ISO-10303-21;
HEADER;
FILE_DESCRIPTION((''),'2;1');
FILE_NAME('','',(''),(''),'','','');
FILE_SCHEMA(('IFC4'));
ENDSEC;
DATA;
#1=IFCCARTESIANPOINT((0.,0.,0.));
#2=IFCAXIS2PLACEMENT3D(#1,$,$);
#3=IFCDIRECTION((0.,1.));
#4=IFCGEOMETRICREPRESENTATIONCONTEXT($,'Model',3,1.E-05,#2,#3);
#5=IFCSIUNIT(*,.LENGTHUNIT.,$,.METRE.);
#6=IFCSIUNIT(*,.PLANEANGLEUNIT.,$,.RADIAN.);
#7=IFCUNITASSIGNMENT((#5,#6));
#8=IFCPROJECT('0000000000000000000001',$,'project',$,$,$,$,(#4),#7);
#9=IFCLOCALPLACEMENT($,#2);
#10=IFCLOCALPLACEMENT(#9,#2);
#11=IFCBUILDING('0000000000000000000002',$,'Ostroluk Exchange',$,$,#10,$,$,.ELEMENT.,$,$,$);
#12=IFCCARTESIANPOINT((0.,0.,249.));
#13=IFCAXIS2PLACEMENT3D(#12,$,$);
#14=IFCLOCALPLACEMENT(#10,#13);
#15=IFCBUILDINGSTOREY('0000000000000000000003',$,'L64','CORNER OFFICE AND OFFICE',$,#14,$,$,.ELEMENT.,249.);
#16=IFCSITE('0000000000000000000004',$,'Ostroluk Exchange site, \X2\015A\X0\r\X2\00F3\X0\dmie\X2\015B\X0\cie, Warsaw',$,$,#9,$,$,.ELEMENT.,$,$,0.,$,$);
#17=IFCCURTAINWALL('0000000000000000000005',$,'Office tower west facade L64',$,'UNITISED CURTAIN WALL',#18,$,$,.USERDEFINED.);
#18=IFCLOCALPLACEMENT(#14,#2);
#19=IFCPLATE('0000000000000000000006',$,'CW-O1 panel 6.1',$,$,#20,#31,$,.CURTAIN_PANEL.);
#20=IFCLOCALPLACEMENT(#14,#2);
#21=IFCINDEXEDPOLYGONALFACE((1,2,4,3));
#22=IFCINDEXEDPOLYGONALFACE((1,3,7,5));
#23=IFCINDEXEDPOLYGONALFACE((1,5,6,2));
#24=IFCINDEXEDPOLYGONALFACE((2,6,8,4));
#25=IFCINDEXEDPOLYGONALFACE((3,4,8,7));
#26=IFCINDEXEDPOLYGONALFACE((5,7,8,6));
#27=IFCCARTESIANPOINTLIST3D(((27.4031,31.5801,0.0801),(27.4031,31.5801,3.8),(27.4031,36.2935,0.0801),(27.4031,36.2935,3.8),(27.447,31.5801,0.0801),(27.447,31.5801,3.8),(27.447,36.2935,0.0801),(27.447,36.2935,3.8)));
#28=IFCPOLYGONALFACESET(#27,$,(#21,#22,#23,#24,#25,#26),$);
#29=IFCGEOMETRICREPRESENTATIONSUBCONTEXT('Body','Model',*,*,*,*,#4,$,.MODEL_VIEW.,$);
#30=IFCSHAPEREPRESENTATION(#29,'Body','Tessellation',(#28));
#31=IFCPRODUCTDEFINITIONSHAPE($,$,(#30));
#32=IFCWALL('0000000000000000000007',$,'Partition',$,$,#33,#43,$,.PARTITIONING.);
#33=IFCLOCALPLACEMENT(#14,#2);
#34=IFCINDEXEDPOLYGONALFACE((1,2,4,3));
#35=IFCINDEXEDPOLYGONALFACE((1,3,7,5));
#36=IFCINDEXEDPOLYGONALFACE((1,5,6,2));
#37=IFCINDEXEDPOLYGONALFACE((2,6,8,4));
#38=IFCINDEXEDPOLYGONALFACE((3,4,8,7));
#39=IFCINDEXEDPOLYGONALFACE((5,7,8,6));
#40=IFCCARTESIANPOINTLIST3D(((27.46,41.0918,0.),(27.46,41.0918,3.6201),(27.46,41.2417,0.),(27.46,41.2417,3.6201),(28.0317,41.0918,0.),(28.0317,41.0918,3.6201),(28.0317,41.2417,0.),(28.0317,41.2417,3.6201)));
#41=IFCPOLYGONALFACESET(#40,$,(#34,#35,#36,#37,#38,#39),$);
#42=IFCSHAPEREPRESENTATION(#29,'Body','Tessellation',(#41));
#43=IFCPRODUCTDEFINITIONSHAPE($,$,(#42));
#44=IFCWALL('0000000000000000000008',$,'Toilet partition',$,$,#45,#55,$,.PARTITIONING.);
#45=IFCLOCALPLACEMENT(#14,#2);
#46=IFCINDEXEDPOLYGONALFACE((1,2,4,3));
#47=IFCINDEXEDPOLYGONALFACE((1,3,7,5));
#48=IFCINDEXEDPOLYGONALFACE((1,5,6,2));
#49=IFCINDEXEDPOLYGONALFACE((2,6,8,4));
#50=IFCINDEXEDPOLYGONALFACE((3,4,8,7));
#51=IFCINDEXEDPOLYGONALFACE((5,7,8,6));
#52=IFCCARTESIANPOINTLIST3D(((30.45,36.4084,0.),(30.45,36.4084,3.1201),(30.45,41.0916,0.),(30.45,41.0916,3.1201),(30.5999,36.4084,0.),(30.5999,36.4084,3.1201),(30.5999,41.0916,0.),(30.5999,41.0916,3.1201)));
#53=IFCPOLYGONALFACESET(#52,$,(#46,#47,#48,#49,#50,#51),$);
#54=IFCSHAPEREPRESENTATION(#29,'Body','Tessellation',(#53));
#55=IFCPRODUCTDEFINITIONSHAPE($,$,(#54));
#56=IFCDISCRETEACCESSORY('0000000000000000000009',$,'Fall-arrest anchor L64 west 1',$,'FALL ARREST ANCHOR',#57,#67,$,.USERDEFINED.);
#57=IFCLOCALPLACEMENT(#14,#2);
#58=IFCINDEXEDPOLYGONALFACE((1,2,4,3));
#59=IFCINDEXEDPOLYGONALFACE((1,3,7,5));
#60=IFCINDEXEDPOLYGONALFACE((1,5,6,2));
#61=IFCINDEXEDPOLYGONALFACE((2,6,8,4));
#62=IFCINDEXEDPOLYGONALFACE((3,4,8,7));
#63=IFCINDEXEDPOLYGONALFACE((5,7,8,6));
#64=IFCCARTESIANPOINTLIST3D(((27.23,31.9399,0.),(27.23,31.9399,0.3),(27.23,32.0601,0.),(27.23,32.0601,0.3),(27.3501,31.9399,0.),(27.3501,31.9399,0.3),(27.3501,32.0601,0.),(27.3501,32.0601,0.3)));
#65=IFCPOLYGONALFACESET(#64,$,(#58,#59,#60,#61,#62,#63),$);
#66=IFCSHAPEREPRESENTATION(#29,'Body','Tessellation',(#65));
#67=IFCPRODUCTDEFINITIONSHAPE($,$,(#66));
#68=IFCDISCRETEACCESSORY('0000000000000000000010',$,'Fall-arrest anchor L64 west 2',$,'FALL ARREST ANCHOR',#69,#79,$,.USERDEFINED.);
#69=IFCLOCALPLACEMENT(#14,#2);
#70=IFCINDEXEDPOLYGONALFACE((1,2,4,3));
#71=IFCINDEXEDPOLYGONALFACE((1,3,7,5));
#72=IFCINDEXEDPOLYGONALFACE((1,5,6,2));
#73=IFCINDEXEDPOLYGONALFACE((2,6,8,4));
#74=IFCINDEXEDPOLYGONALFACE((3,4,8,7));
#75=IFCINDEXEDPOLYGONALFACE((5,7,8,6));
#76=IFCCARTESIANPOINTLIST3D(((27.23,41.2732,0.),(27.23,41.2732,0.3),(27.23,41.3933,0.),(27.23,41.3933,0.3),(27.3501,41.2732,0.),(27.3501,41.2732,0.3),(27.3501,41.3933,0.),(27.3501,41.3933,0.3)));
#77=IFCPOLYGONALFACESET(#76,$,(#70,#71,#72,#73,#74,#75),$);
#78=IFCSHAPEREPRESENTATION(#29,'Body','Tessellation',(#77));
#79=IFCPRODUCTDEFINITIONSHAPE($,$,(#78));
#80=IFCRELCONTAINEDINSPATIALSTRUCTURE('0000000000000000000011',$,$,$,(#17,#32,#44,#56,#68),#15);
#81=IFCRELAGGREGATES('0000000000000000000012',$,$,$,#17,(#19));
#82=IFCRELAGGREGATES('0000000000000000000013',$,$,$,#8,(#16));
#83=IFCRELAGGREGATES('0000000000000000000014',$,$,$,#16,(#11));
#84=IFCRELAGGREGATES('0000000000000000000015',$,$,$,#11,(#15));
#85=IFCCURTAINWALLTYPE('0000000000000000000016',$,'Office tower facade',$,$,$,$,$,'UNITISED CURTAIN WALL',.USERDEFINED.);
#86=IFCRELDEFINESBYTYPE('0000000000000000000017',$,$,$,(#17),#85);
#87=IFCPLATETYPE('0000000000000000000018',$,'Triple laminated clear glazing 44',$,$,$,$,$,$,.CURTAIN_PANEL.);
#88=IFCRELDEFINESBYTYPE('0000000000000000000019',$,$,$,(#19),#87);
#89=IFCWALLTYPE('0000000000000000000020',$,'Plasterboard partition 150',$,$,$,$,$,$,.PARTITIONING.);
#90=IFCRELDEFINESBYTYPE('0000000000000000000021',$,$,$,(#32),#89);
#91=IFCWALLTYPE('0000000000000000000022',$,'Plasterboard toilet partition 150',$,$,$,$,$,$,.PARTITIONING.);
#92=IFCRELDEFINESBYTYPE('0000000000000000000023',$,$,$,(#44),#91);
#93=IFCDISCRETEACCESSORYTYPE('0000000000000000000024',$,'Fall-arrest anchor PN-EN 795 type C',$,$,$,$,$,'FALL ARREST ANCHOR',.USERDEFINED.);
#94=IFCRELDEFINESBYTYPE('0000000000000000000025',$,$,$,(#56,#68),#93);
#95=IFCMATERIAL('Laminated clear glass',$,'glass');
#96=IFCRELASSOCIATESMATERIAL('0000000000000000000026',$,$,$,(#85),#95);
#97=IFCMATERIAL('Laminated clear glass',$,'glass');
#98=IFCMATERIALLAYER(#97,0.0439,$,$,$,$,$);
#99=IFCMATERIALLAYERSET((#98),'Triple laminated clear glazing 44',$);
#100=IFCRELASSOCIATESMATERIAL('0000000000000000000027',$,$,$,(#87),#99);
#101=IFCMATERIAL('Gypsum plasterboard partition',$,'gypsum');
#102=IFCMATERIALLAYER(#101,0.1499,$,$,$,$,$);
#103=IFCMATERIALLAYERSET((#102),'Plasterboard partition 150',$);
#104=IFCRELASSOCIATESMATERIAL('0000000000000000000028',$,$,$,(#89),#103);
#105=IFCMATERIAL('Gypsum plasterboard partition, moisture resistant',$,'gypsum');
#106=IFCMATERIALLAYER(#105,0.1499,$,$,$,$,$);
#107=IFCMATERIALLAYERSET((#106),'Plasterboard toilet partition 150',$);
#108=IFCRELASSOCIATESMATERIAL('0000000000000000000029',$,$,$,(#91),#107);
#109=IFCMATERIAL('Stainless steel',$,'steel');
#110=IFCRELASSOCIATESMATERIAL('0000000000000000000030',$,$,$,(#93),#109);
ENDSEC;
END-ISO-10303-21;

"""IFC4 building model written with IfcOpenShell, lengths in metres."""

from ifc_helpers import new_model, si_unit, direction, frame, frame_2d, origin, origin_2d, place, context, subcontext, project, spatial, rectangle, extrude, material, layer, layer_set, type_object, element, aggregate, save


model = new_model("IFC4")

# Units and contexts
model_context = context("Model", 3, precision=1e-05, world=origin(), true_north=direction((0.0, 1.0)))
body_context = subcontext(model_context, "Body", "Model", "MODEL_VIEW")
ifc_project = project(units=[si_unit("LENGTHUNIT", "METRE"), si_unit("PLANEANGLEUNIT", "RADIAN")], contexts=[model_context])

# Site, building, storey
site_placement = place(None, origin())
site = spatial("IfcSite", under=ifc_project, at=site_placement, Name="Ostroluk Exchange site, Śródmieście, Warsaw", CompositionType="ELEMENT", RefElevation=0.0)
building_placement = place(site_placement, origin())
building = spatial("IfcBuilding", under=site, at=building_placement, Name="Ostroluk Exchange", CompositionType="ELEMENT")
storey_placement = place(building_placement, frame((0.0, 0.0, 249.0)))
storey = spatial("IfcBuildingStorey", under=building, at=storey_placement, Name="L64", Description="CORNER OFFICE AND OFFICE", CompositionType="ELEMENT", Elevation=249.0)

# Curtain wall, plate
ifc_material_1 = material(Name="Laminated clear glass", Category="glass")
curtain_wall_type = type_object("IfcCurtainWallType", Name="Office tower facade", ElementType="UNITISED CURTAIN WALL", PredefinedType="USERDEFINED", material=ifc_material_1)
curtain_wall_placement = place(storey_placement, origin())
curtain_wall = element("IfcCurtainWall", 1, at=curtain_wall_placement, inside=storey, type_object=curtain_wall_type, Name="Office tower west facade L64", ObjectType="UNITISED CURTAIN WALL", PredefinedType="USERDEFINED")
ifc_material_2 = material(Name="Laminated clear glass", Category="glass")
ifc_layer_1 = layer(ifc_material_2, 0.0439)
ifc_layer_set_1 = layer_set([ifc_layer_1], Name="Triple laminated clear glazing 44")
plate_type = type_object("IfcPlateType", Name="Triple laminated clear glazing 44", PredefinedType="CURTAIN_PANEL", material=ifc_layer_set_1)
plate_1_placement = place(storey_placement, frame((27.425, 33.9368, 0.0801), z_axis=(0.0, 0.0, 1.0), x_axis=(0.0, -1.0, 0.0)))
plate_1 = element("IfcPlate", 2, at=plate_1_placement, type_object=plate_type, Name="CW-O1 panel 6.1", PredefinedType="CURTAIN_PANEL", context=body_context, shape_type="SweptSolid", body=[
    extrude(rectangle(XDim=4.7134, YDim=0.0439, at=origin_2d()), origin(), (0.0, 0.0, 1.0), 3.72),
])
aggregate(curtain_wall, [plate_1])

# Walls
ifc_material_3 = material(Name="Gypsum plasterboard partition", Category="gypsum")
ifc_layer_2 = layer(ifc_material_3, 0.1499)
ifc_layer_set_2 = layer_set([ifc_layer_2], Name="Plasterboard partition 150")
wall_type_1 = type_object("IfcWallType", Name="Plasterboard partition 150", PredefinedType="PARTITIONING", material=ifc_layer_set_2)
wall_1_placement = place(storey_placement, frame((28.0317, 41.1667, 0.0), z_axis=(0.0, 0.0, 1.0), x_axis=(-1.0, 0.0, 0.0)))
element("IfcWall", 3, at=wall_1_placement, inside=storey, type_object=wall_type_1, Name="Partition", PredefinedType="PARTITIONING", context=body_context, shape_type="SweptSolid", body=[
    extrude(rectangle(XDim=0.5718, YDim=0.1499, at=frame_2d((0.2859, 0.0))), origin(), (0.0, 0.0, 1.0), 3.6201),
])
ifc_material_4 = material(Name="Gypsum plasterboard partition, moisture resistant", Category="gypsum")
ifc_layer_3 = layer(ifc_material_4, 0.1499)
ifc_layer_set_3 = layer_set([ifc_layer_3], Name="Plasterboard toilet partition 150")
wall_type_2 = type_object("IfcWallType", Name="Plasterboard toilet partition 150", PredefinedType="PARTITIONING", material=ifc_layer_set_3)
wall_2_placement = place(storey_placement, frame((30.5249, 41.0916, 0.0), z_axis=(0.0, 0.0, 1.0), x_axis=(0.0, -1.0, 0.0)))
element("IfcWall", 4, at=wall_2_placement, inside=storey, type_object=wall_type_2, Name="Toilet partition", PredefinedType="PARTITIONING", context=body_context, shape_type="SweptSolid", body=[
    extrude(rectangle(XDim=4.6831, YDim=0.1499, at=frame_2d((2.3416, 0.0))), origin(), (0.0, 0.0, 1.0), 3.1201),
])

# Discrete accessories
ifc_material_5 = material(Name="Stainless steel", Category="steel")
discrete_accessory_type = type_object("IfcDiscreteAccessoryType", Name="Fall-arrest anchor PN-EN 795 type C", ElementType="FALL ARREST ANCHOR", PredefinedType="USERDEFINED", material=ifc_material_5)
for number, where, z_axis, x_axis, name in (
    (5, (27.29, 32.0, 0.0), (0.0, 0.0, 1.0), (1.0, 0.0, 0.0), "Fall-arrest anchor L64 west 1"),
    (6, (27.29, 41.3333, 0.0), (0.0, 0.0, 1.0), (1.0, 0.0, 0.0), "Fall-arrest anchor L64 west 2"),
):
    element("IfcDiscreteAccessory", number, at=place(storey_placement, frame(where, z_axis=z_axis, x_axis=x_axis)), inside=storey, type_object=discrete_accessory_type, Name=name, ObjectType="FALL ARREST ANCHOR", PredefinedType="USERDEFINED", context=body_context, shape_type="SweptSolid", body=[
        extrude(rectangle(XDim=0.1201, YDim=0.1201, at=origin_2d()), origin(), (0.0, 0.0, 1.0), 0.3),
    ])

save(model, "model.ifc")
